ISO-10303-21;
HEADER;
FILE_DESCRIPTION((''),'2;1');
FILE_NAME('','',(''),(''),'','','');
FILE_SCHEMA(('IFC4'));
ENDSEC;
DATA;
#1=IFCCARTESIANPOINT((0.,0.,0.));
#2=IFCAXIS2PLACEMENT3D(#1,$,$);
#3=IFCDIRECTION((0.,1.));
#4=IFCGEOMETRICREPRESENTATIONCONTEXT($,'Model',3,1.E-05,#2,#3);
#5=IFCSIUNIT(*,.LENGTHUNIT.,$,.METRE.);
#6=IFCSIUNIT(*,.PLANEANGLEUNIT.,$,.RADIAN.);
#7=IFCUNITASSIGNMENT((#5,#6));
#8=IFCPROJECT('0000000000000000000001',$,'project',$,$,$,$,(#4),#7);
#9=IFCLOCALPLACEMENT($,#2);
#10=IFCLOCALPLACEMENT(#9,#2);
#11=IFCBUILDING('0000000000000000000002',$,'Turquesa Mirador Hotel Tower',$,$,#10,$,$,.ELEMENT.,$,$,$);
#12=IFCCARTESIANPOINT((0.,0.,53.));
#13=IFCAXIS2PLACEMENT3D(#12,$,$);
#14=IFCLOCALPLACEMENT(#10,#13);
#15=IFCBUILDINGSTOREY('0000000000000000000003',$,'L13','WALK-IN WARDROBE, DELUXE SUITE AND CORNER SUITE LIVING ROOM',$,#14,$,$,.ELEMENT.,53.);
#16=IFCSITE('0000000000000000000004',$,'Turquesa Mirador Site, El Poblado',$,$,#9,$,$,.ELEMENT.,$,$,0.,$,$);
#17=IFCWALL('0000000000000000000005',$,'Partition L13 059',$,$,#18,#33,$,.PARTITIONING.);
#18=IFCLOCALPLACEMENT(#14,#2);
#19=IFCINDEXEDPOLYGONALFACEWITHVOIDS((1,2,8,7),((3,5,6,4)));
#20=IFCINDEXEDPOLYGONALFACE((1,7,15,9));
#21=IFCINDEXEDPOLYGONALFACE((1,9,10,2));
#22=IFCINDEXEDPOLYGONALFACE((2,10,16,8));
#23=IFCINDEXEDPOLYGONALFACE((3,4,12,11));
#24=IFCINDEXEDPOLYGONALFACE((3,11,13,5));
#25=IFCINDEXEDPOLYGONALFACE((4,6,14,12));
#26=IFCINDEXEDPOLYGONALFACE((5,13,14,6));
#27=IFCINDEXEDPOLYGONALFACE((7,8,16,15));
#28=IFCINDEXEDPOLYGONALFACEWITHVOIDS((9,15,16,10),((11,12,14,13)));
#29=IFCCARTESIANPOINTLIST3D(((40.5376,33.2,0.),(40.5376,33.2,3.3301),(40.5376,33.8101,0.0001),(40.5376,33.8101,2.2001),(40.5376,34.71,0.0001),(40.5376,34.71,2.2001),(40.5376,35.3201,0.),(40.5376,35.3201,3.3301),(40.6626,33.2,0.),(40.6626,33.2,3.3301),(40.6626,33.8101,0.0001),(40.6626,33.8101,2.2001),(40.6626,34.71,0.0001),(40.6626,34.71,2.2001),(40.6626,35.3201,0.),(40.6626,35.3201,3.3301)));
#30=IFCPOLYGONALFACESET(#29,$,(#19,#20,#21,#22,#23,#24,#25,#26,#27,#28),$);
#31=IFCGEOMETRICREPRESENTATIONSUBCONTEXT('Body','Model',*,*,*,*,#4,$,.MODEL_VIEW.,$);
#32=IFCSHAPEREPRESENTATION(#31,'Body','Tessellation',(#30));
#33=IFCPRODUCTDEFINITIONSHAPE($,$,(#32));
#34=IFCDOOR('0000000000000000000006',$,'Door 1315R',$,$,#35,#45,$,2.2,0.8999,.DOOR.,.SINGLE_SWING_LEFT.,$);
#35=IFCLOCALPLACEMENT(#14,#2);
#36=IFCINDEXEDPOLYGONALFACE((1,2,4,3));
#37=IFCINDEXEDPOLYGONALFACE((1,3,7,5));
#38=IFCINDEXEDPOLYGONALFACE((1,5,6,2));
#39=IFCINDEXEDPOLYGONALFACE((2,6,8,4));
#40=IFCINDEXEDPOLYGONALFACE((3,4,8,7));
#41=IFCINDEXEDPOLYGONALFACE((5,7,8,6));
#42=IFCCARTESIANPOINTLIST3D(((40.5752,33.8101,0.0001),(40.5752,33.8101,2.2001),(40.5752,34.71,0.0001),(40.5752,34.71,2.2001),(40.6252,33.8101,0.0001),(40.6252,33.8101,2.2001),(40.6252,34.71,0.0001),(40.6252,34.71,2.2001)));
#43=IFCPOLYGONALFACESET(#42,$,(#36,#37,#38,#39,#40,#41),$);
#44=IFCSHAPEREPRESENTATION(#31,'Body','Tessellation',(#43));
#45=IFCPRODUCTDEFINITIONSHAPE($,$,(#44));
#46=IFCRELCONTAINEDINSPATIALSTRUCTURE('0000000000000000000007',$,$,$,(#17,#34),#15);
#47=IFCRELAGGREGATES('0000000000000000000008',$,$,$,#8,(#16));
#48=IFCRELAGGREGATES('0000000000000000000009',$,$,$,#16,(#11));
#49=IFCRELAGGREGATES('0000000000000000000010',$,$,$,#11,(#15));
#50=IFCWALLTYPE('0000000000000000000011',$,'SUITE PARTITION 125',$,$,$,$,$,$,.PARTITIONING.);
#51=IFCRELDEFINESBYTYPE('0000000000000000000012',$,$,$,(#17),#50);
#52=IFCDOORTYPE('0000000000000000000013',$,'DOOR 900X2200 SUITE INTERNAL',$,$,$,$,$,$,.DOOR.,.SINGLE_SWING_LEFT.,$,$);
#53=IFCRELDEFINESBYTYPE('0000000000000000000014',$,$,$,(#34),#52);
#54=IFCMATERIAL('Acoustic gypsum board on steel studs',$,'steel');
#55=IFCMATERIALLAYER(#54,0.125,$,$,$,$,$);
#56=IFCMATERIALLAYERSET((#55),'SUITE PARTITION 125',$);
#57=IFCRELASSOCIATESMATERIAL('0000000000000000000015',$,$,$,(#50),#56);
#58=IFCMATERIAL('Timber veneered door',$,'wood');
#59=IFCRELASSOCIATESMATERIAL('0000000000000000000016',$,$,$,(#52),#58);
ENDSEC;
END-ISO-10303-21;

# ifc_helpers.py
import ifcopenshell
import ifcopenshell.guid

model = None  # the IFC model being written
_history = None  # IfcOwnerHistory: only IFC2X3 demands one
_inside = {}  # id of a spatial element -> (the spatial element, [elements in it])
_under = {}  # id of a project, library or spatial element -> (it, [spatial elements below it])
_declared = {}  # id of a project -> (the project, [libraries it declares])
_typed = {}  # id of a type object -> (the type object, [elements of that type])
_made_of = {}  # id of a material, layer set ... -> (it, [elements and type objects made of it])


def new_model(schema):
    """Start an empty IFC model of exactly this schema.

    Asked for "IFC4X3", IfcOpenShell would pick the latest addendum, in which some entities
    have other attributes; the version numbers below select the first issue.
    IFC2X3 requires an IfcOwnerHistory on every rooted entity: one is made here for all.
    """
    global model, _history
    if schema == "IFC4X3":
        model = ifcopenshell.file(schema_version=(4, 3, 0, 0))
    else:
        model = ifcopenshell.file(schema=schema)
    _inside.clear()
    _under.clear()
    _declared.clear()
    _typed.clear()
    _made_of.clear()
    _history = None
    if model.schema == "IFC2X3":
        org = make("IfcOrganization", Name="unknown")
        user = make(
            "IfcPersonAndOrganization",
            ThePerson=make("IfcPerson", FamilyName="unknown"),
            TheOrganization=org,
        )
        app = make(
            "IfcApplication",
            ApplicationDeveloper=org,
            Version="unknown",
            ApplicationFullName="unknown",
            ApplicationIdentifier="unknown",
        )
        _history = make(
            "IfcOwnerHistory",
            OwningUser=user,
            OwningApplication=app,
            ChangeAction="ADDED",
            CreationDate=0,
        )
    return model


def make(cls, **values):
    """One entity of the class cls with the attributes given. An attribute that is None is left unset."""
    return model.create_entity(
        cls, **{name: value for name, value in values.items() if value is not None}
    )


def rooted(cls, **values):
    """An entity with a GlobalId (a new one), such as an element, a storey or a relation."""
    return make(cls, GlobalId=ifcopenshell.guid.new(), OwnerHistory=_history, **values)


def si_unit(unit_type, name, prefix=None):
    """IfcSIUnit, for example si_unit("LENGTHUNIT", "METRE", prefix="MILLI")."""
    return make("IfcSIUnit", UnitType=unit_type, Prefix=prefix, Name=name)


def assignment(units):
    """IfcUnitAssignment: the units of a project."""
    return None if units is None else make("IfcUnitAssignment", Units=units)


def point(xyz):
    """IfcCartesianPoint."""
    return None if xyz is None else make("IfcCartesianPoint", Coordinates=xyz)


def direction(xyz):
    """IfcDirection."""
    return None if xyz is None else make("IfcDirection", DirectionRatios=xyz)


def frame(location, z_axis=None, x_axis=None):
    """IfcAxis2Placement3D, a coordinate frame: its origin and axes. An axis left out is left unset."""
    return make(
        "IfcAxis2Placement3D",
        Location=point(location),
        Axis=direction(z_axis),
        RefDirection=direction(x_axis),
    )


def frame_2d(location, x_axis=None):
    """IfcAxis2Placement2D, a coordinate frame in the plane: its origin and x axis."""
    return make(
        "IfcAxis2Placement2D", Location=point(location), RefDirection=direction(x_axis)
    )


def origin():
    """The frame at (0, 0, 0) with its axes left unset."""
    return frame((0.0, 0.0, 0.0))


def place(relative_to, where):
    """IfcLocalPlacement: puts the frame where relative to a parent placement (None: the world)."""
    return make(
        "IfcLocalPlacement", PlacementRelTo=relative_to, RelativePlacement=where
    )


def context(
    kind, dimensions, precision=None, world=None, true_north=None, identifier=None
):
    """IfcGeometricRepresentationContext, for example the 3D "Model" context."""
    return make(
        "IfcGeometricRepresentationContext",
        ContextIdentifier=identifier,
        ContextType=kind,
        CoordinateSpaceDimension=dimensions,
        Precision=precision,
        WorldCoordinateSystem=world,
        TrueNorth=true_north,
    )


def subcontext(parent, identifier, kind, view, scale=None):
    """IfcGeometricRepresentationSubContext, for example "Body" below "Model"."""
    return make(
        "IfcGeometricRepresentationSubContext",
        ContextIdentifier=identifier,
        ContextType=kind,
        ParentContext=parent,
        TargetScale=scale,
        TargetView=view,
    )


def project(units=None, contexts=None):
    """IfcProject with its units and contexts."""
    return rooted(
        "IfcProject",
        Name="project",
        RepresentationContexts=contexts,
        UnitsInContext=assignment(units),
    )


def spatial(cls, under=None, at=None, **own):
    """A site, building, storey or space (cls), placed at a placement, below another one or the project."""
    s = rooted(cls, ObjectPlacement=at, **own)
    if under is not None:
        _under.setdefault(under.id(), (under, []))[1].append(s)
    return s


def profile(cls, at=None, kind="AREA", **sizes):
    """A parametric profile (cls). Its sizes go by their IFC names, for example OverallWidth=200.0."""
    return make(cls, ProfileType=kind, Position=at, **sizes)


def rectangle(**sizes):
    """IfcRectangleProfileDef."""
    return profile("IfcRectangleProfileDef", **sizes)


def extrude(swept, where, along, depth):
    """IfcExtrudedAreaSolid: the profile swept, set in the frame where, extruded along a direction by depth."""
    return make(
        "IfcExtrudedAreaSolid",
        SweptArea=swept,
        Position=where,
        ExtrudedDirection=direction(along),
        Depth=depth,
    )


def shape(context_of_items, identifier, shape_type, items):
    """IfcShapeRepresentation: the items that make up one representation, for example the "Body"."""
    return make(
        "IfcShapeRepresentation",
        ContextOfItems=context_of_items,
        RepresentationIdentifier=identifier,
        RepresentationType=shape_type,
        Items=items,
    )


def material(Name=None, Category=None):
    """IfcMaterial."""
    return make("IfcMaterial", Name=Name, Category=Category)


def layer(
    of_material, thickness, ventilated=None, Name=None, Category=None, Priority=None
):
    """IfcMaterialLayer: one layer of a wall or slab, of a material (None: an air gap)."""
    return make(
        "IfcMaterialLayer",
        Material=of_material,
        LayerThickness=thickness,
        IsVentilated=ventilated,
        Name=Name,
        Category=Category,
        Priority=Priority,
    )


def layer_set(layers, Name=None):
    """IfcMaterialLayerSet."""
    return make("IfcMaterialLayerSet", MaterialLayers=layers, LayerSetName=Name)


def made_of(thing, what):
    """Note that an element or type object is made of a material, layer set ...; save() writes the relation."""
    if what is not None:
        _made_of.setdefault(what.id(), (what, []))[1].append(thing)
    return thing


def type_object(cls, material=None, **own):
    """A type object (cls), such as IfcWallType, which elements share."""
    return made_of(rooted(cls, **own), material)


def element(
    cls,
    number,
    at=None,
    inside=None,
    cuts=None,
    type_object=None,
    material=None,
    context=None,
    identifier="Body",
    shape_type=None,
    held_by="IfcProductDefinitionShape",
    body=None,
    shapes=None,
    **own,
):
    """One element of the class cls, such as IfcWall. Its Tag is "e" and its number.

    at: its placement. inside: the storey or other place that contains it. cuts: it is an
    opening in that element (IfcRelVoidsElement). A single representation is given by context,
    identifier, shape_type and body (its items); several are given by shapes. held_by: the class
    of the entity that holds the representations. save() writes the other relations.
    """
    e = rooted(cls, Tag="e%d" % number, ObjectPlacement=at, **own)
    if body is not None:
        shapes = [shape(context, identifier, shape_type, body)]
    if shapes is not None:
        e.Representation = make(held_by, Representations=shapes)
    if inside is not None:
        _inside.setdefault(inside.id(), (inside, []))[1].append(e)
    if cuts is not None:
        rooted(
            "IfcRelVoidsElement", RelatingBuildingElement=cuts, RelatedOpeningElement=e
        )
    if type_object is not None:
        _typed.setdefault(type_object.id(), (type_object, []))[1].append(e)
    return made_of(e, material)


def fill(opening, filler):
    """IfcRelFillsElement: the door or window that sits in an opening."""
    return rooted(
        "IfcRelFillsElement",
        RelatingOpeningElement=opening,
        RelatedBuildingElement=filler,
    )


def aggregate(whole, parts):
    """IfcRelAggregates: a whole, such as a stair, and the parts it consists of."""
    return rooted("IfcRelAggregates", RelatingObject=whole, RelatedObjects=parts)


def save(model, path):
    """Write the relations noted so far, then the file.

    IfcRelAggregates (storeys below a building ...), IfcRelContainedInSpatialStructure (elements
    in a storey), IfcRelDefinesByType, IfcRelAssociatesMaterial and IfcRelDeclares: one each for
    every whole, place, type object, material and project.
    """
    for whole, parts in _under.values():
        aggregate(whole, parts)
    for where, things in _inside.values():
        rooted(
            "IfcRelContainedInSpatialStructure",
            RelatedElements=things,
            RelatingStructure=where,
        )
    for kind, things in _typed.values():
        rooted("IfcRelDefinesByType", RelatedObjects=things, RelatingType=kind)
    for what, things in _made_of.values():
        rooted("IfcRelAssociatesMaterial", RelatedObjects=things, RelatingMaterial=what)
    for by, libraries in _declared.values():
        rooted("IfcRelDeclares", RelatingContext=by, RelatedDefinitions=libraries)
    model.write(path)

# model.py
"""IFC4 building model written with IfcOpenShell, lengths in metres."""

from ifc_helpers import new_model, si_unit, direction, frame, frame_2d, origin, place, context, subcontext, project, spatial, rectangle, extrude, material, layer, layer_set, type_object, element, fill, save


model = new_model("IFC4")

# Units and contexts
model_context = context("Model", 3, precision=1e-05, world=origin(), true_north=direction((0.0, 1.0)))
body_context = subcontext(model_context, "Body", "Model", "MODEL_VIEW")
ifc_project = project(units=[si_unit("LENGTHUNIT", "METRE"), si_unit("PLANEANGLEUNIT", "RADIAN")], contexts=[model_context])

# Site, building, storey
site_placement = place(None, origin())
site = spatial("IfcSite", under=ifc_project, at=site_placement, Name="Turquesa Mirador Site, El Poblado", CompositionType="ELEMENT", RefElevation=0.0)
building_placement = place(site_placement, origin())
building = spatial("IfcBuilding", under=site, at=building_placement, Name="Turquesa Mirador Hotel Tower", CompositionType="ELEMENT")
storey_placement = place(building_placement, frame((0.0, 0.0, 53.0)))
storey = spatial("IfcBuildingStorey", under=building, at=storey_placement, Name="L13", Description="WALK-IN WARDROBE, DELUXE SUITE AND CORNER SUITE LIVING ROOM", CompositionType="ELEMENT", Elevation=53.0)

# Wall, opening, door
ifc_material_1 = material(Name="Acoustic gypsum board on steel studs", Category="steel")
ifc_layer_1 = layer(ifc_material_1, 0.125)
ifc_layer_set_1 = layer_set([ifc_layer_1], Name="SUITE PARTITION 125")
wall_type_1 = type_object("IfcWallType", Name="SUITE PARTITION 125", PredefinedType="PARTITIONING", material=ifc_layer_set_1)
wall_1_placement = place(storey_placement, frame((40.6001, 33.2, 0.0), z_axis=(0.0, 0.0, 1.0), x_axis=(0.0, 1.0, 0.0)))
wall_1 = element("IfcWall", 1, at=wall_1_placement, inside=storey, type_object=wall_type_1, Name="Partition L13 059", PredefinedType="PARTITIONING", context=body_context, shape_type="SweptSolid", body=[
    extrude(rectangle(XDim=2.1201, YDim=0.125, at=frame_2d((1.0601, 0.0))), origin(), (0.0, 0.0, 1.0), 3.3301),
])
opening_1_placement = place(wall_1_placement, frame((0.6101, 0.0, 0.0)))
opening_1 = element("IfcOpeningElement", 2, at=opening_1_placement, cuts=wall_1, PredefinedType="OPENING", context=body_context, shape_type="SweptSolid", body=[
    extrude(rectangle(XDim=0.8999, YDim=2.2, at=frame_2d((0.45, 1.1001))), frame((0.0, 0.0725, 0.0), z_axis=(0.0, -1.0, 0.0), x_axis=(1.0, 0.0, 0.0)), (0.0, 0.0, 1.0), 0.145),
])
ifc_material_2 = material(Name="Timber veneered door", Category="wood")
door_type_1 = type_object("IfcDoorType", Name="DOOR 900X2200 SUITE INTERNAL", OperationType="SINGLE_SWING_LEFT", PredefinedType="DOOR", material=ifc_material_2)
door_1_placement = place(opening_1_placement, origin())
door_1 = element("IfcDoor", 3, at=door_1_placement, inside=storey, type_object=door_type_1, Name="Door 1315R", OperationType="SINGLE_SWING_LEFT", OverallHeight=2.2, OverallWidth=0.8999, PredefinedType="DOOR", context=body_context, shape_type="SweptSolid", body=[
    extrude(rectangle(XDim=0.8999, YDim=2.2, at=frame_2d((0.45, 1.1001))), frame((0.0, 0.0249, 0.0), z_axis=(0.0, -1.0, 0.0), x_axis=(1.0, 0.0, 0.0)), (0.0, 0.0, 1.0), 0.05),
])
fill(opening_1, door_1)

save(model, "model.ifc")
